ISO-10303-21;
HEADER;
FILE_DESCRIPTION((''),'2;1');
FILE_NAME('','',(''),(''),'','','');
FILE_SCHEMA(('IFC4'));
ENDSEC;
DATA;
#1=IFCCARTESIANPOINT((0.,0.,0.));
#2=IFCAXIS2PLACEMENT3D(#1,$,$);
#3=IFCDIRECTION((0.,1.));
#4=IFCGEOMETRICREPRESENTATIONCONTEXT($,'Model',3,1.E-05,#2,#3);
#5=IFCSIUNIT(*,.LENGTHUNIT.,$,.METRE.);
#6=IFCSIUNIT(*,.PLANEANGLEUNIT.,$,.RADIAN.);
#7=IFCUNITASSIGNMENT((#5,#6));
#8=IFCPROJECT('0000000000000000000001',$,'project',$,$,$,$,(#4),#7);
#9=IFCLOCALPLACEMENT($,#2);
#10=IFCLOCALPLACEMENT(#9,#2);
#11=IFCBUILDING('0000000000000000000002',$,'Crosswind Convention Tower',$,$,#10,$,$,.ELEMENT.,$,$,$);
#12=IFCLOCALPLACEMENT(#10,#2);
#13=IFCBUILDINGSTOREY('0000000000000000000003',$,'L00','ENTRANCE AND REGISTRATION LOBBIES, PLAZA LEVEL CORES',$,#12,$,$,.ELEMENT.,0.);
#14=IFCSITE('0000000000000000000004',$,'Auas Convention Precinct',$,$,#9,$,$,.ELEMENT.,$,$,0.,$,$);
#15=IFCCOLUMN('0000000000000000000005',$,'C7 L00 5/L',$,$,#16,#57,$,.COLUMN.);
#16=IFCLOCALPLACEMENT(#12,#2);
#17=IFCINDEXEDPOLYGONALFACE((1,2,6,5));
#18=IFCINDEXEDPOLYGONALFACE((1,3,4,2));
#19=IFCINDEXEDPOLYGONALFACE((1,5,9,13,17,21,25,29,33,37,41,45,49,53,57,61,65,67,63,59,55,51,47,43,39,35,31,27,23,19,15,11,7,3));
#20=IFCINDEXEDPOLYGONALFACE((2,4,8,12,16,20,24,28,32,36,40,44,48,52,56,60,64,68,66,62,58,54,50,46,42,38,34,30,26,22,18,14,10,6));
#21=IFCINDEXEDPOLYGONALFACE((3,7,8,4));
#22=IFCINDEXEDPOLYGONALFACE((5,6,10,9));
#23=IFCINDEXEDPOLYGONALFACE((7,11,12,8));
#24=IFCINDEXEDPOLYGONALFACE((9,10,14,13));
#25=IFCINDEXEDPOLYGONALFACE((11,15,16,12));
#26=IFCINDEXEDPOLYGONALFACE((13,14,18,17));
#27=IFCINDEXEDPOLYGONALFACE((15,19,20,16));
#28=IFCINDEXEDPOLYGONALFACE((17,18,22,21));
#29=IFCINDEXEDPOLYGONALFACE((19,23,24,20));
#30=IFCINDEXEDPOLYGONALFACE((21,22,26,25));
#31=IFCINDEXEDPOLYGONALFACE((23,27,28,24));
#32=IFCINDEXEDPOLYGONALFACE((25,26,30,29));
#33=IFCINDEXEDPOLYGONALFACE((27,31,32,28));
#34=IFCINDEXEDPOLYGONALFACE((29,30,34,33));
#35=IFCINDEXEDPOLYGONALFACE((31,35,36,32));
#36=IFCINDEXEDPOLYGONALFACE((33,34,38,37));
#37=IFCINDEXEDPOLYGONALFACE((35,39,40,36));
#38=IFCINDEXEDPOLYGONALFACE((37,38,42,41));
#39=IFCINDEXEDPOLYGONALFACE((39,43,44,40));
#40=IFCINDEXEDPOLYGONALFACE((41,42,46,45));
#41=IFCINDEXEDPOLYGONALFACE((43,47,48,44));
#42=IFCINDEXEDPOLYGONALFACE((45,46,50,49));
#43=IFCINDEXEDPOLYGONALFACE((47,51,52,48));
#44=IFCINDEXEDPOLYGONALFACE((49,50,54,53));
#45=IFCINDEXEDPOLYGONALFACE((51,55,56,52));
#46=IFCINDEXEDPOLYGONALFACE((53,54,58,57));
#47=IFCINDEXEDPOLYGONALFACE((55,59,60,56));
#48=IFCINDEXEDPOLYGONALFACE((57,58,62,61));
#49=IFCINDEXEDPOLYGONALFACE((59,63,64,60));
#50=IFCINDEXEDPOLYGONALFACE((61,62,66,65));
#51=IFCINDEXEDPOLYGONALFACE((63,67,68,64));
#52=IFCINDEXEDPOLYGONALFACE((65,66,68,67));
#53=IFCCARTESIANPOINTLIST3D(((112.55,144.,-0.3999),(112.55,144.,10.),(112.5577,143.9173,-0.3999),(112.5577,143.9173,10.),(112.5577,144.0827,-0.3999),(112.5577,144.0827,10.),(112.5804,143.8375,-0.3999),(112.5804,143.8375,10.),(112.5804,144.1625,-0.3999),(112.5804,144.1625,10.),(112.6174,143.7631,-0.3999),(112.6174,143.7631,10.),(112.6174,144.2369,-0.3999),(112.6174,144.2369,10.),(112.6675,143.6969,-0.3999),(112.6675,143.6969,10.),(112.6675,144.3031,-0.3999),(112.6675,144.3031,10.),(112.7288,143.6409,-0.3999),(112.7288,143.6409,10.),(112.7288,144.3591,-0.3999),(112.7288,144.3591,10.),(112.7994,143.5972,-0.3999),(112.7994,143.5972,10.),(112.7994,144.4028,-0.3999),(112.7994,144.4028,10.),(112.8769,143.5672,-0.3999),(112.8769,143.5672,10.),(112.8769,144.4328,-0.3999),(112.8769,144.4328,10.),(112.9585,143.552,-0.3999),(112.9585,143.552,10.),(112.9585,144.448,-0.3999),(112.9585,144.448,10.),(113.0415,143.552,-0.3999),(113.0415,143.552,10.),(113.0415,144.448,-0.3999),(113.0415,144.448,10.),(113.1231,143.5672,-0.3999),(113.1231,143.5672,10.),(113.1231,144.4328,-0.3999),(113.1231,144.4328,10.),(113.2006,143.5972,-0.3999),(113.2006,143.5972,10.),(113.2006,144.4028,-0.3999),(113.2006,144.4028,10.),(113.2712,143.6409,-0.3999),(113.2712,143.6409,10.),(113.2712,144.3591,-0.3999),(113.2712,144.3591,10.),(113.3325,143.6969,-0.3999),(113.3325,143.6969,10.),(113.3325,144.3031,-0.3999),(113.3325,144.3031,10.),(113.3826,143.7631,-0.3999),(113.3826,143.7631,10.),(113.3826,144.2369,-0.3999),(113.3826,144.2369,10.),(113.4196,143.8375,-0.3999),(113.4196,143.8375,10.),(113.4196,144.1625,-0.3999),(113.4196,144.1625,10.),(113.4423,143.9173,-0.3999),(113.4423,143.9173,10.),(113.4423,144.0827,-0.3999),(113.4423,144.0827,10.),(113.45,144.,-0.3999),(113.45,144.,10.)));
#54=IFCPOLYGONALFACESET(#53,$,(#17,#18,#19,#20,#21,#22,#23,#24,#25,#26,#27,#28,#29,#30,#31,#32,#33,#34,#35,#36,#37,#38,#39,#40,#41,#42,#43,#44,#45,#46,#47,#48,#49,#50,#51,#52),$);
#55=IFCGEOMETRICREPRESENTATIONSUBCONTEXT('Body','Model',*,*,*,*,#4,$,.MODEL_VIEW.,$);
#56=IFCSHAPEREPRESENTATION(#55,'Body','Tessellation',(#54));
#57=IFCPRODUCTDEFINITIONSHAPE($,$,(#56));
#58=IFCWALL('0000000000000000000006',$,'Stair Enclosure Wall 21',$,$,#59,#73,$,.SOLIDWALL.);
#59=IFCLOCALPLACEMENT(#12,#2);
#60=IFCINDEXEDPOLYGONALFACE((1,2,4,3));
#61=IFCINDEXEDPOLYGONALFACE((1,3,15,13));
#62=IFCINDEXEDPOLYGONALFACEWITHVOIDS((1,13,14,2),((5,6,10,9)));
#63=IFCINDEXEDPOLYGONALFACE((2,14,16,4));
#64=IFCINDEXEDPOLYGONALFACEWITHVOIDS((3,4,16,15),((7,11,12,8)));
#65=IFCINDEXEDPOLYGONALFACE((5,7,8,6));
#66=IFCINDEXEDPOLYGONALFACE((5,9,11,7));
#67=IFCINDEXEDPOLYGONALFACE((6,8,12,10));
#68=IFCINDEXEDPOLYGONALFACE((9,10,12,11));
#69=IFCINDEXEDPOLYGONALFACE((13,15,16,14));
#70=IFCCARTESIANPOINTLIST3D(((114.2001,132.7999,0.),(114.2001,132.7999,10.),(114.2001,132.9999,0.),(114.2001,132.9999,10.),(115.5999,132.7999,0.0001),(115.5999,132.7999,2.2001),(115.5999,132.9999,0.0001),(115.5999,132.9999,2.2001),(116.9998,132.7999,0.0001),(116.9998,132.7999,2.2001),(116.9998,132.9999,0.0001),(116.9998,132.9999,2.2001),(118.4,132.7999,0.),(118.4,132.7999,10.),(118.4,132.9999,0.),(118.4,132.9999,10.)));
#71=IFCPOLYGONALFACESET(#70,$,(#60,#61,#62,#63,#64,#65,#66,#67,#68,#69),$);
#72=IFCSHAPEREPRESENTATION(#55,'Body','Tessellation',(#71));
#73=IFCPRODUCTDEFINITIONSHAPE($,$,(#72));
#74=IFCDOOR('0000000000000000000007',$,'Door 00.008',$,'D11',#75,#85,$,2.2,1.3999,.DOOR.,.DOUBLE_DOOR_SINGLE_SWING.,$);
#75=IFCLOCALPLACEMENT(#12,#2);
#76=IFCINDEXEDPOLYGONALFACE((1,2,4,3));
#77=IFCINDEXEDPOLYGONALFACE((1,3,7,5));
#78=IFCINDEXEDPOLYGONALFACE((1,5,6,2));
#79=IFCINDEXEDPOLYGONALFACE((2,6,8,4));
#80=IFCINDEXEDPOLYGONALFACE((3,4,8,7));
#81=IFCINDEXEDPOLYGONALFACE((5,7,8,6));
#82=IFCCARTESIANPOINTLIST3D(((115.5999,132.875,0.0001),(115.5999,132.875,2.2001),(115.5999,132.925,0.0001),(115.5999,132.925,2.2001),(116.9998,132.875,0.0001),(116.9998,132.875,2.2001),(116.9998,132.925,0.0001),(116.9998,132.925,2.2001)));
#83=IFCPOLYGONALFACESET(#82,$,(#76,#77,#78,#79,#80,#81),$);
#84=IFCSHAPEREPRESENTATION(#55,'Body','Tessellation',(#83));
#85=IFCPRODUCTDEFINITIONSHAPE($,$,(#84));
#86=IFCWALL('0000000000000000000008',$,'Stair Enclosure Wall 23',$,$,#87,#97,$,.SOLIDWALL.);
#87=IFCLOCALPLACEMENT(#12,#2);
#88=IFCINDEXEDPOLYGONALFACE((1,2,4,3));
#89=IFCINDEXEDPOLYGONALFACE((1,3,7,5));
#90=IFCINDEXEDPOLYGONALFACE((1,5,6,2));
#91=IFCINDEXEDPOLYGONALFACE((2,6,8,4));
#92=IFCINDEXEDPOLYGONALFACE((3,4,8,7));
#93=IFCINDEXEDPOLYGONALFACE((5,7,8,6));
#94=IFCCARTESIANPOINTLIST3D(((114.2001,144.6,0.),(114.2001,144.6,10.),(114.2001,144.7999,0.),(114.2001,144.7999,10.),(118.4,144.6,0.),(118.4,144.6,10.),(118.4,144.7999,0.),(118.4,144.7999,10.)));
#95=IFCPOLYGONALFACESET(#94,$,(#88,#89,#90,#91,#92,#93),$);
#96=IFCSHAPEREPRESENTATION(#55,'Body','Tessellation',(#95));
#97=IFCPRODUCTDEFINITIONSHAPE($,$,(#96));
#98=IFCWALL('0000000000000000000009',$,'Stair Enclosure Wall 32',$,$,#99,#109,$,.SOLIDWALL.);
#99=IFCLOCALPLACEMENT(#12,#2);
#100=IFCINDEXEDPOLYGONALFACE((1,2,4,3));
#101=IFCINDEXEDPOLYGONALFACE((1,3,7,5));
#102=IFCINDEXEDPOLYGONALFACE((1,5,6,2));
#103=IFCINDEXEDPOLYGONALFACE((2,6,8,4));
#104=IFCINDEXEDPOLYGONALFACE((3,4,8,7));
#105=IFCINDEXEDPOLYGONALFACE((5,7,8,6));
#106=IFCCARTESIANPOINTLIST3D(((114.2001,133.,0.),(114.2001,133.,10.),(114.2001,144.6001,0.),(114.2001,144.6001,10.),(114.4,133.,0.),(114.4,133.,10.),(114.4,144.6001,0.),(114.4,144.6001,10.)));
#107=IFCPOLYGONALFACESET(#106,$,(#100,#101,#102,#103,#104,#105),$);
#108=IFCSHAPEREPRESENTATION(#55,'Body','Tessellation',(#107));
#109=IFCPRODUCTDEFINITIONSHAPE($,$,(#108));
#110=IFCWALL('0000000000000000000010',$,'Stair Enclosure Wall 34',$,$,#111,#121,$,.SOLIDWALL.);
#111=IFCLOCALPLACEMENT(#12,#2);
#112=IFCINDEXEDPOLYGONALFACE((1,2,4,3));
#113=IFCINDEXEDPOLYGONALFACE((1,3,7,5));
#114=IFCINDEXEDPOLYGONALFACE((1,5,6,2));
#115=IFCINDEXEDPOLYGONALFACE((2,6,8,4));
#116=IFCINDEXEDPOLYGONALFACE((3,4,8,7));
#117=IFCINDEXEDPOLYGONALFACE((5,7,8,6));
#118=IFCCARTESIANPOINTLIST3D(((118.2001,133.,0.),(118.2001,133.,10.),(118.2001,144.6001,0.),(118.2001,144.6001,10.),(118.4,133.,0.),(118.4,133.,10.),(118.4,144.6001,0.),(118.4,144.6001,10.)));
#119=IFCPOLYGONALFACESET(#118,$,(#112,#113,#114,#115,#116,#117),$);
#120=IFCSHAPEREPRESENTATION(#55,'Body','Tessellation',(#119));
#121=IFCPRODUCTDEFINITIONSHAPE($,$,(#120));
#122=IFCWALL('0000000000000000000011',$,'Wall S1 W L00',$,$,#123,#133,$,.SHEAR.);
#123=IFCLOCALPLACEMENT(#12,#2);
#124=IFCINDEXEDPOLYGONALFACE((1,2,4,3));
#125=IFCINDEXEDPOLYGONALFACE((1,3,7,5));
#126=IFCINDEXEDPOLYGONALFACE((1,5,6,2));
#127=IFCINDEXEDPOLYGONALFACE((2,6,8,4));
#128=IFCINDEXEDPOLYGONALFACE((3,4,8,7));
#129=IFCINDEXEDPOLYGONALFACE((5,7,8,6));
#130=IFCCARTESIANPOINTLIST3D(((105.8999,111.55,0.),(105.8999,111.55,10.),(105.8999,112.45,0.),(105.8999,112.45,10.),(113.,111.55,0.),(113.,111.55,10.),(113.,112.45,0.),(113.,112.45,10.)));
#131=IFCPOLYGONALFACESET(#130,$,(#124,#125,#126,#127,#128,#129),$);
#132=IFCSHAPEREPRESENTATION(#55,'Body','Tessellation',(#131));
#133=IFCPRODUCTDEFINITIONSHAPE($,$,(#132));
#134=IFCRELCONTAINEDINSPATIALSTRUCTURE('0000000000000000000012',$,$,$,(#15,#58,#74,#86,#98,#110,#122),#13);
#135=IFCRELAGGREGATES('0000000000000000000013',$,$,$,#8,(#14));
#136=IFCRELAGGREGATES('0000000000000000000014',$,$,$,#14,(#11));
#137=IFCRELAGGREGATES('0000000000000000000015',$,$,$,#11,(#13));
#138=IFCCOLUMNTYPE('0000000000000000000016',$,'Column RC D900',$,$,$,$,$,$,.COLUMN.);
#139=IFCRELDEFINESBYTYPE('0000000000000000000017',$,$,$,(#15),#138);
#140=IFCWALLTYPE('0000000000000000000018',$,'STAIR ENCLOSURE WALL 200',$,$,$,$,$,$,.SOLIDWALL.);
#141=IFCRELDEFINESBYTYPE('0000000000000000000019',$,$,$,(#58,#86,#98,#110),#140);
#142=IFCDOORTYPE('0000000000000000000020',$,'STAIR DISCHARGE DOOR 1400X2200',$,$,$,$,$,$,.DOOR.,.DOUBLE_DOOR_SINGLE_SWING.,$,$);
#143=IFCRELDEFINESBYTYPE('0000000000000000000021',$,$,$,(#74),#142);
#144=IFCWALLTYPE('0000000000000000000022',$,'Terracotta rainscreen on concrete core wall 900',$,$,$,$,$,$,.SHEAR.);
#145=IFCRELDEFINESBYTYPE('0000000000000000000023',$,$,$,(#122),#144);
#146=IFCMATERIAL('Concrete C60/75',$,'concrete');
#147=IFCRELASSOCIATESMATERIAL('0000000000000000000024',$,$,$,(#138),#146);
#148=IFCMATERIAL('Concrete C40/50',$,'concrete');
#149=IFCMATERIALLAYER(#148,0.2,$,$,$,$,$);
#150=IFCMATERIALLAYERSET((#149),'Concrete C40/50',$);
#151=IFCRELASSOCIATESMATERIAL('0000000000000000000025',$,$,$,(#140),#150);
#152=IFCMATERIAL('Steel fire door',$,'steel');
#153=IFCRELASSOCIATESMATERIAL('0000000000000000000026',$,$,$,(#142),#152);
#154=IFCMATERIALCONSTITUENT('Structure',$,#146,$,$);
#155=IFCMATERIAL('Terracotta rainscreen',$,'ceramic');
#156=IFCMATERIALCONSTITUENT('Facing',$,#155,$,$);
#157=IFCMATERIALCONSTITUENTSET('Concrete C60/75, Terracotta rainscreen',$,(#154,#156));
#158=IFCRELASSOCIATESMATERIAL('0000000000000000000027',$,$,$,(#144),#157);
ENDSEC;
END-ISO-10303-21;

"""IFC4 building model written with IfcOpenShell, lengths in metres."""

from ifc_helpers import new_model, si_unit, direction, frame, frame_2d, origin, origin_2d, place, context, subcontext, project, spatial, rectangle, circle, extrude, material, layer, layer_set, constituent, constituent_set, material_profile, profile_set, type_object, element, fill, save


model = new_model("IFC4")

# Units and contexts
model_context = context("Model", 3, precision=1e-05, world=origin(), true_north=direction((0.0, 1.0)))
body_context = subcontext(model_context, "Body", "Model", "MODEL_VIEW")
ifc_project = project(units=[si_unit("LENGTHUNIT", "METRE"), si_unit("PLANEANGLEUNIT", "RADIAN")], contexts=[model_context])

# Site, building, storey
site_placement = place(None, origin())
site = spatial("IfcSite", under=ifc_project, at=site_placement, Name="Auas Convention Precinct", CompositionType="ELEMENT", RefElevation=0.0)
building_placement = place(site_placement, origin())
building = spatial("IfcBuilding", under=site, at=building_placement, Name="Crosswind Convention Tower", CompositionType="ELEMENT")
storey_placement = place(building_placement, origin())
storey = spatial("IfcBuildingStorey", under=building, at=storey_placement, Name="L00", Description="ENTRANCE AND REGISTRATION LOBBIES, PLAZA LEVEL CORES", CompositionType="ELEMENT", Elevation=0.0)

# Shared definitions
ifc_material_1 = material(Name="Concrete C40/50", Category="concrete")

# Column
ifc_material_2 = material(Name="Concrete C60/75", Category="concrete")
ifc_material_profile_1 = material_profile(ifc_material_2, circle(Radius=0.45, at=origin_2d()), Name="RC D900")
ifc_profile_set_1 = profile_set([ifc_material_profile_1], Name="Concrete C60/75")
column_type_1 = type_object("IfcColumnType", Name="Column RC D900", PredefinedType="COLUMN", material=ifc_profile_set_1)
for number, where, z_axis, x_axis, name in (
    (1, (113.0, 144.0, -0.3999), (0.0, 0.0, 1.0), (1.0, 0.0, 0.0), "C7 L00 5/L"),
):
    element("IfcColumn", number, at=place(storey_placement, frame(where, z_axis=z_axis, x_axis=x_axis)), inside=storey, type_object=column_type_1, Name=name, PredefinedType="COLUMN", context=body_context, shape_type="SweptSolid", body=[
        extrude(circle(Radius=0.45, at=origin_2d()), origin(), (0.0, 0.0, 1.0), 10.3999),
    ])

# Wall, opening, door
ifc_layer_1 = layer(ifc_material_1, 0.2)
ifc_layer_set_1 = layer_set([ifc_layer_1], Name="Concrete C40/50")
wall_type_1 = type_object("IfcWallType", Name="STAIR ENCLOSURE WALL 200", PredefinedType="SOLIDWALL", material=ifc_layer_set_1)
wall_1_placement = place(storey_placement, frame((114.2, 132.8999, 0.0), z_axis=(0.0, 0.0, 1.0), x_axis=(1.0, 0.0, 0.0)))
wall_1 = element("IfcWall", 2, at=wall_1_placement, inside=storey, type_object=wall_type_1, Name="Stair Enclosure Wall 21", PredefinedType="SOLIDWALL", context=body_context, shape_type="SweptSolid", body=[
    extrude(rectangle(XDim=4.2, YDim=0.2, at=frame_2d((2.1001, 0.0))), origin(), (0.0, 0.0, 1.0), 10.0),
])
opening_1_placement = place(wall_1_placement, frame((1.3999, 0.0, 0.0)))
opening_1 = element("IfcOpeningElement", 3, at=opening_1_placement, cuts=wall_1, PredefinedType="OPENING", context=body_context, shape_type="SweptSolid", body=[
    extrude(rectangle(XDim=1.3999, YDim=2.2, at=frame_2d((0.7, 1.1001))), frame((0.0, 0.1099, 0.0), z_axis=(0.0, -1.0, 0.0), x_axis=(1.0, 0.0, 0.0)), (0.0, 0.0, 1.0), 0.22),
])
ifc_material_3 = material(Name="Steel fire door", Category="steel")
door_type_1 = type_object("IfcDoorType", Name="STAIR DISCHARGE DOOR 1400X2200", OperationType="DOUBLE_DOOR_SINGLE_SWING", PredefinedType="DOOR", material=ifc_material_3)
door_1_placement = place(opening_1_placement, frame((1.3999, 0.0, 0.0), z_axis=(0.0, 0.0, 1.0), x_axis=(-1.0, 0.0, 0.0)))
door_1 = element("IfcDoor", 4, at=door_1_placement, inside=storey, type_object=door_type_1, Name="Door 00.008", ObjectType="D11", OperationType="DOUBLE_DOOR_SINGLE_SWING", OverallHeight=2.2, OverallWidth=1.3999, PredefinedType="DOOR", context=body_context, shape_type="SweptSolid", body=[
    extrude(rectangle(XDim=1.3999, YDim=2.2, at=frame_2d((0.7, 1.1001))), frame((0.0, 0.0249, 0.0), z_axis=(0.0, -1.0, 0.0), x_axis=(1.0, 0.0, 0.0)), (0.0, 0.0, 1.0), 0.05),
])
fill(opening_1, door_1)

# Walls
wall_2_placement = place(storey_placement, frame((114.2, 144.7, 0.0), z_axis=(0.0, 0.0, 1.0), x_axis=(1.0, 0.0, 0.0)))
element("IfcWall", 5, at=wall_2_placement, inside=storey, type_object=wall_type_1, Name="Stair Enclosure Wall 23", PredefinedType="SOLIDWALL", context=body_context, shape_type="SweptSolid", body=[
    extrude(rectangle(XDim=4.2, YDim=0.2, at=frame_2d((2.1001, 0.0))), origin(), (0.0, 0.0, 1.0), 10.0),
])
for number, where, z_axis, x_axis, name in (
    (6, (114.3, 133.0, 0.0), (0.0, 0.0, 1.0), (0.0, 1.0, 0.0), "Stair Enclosure Wall 32"),
    (7, (118.3, 133.0, 0.0), (0.0, 0.0, 1.0), (0.0, 1.0, 0.0), "Stair Enclosure Wall 34"),
):
    element("IfcWall", number, at=place(storey_placement, frame(where, z_axis=z_axis, x_axis=x_axis)), inside=storey, type_object=wall_type_1, Name=name, PredefinedType="SOLIDWALL", context=body_context, shape_type="SweptSolid", body=[
        extrude(rectangle(XDim=11.6001, YDim=0.2, at=frame_2d((5.8, 0.0))), origin(), (0.0, 0.0, 1.0), 10.0),
    ])
ifc_constituent_1 = constituent(ifc_material_2, Name="Structure")
ifc_material_4 = material(Name="Terracotta rainscreen", Category="ceramic")
ifc_constituent_2 = constituent(ifc_material_4, Name="Facing")
ifc_constituent_set = constituent_set(constituents=[ifc_constituent_1, ifc_constituent_2], Name="Concrete C60/75, Terracotta rainscreen")
wall_type_2 = type_object("IfcWallType", Name="Terracotta rainscreen on concrete core wall 900", PredefinedType="SHEAR", material=ifc_constituent_set)
wall_3_placement = place(storey_placement, frame((113.0, 112.0, 0.0), z_axis=(0.0, 0.0, 1.0), x_axis=(-1.0, 0.0, 0.0)))
element("IfcWall", 8, at=wall_3_placement, inside=storey, type_object=wall_type_2, Name="Wall S1 W L00", PredefinedType="SHEAR", context=body_context, shape_type="SweptSolid", body=[
    extrude(rectangle(XDim=7.1001, YDim=0.8999, at=frame_2d((3.55, 0.0))), origin(), (0.0, 0.0, 1.0), 10.0),
])

save(model, "model.ifc")
